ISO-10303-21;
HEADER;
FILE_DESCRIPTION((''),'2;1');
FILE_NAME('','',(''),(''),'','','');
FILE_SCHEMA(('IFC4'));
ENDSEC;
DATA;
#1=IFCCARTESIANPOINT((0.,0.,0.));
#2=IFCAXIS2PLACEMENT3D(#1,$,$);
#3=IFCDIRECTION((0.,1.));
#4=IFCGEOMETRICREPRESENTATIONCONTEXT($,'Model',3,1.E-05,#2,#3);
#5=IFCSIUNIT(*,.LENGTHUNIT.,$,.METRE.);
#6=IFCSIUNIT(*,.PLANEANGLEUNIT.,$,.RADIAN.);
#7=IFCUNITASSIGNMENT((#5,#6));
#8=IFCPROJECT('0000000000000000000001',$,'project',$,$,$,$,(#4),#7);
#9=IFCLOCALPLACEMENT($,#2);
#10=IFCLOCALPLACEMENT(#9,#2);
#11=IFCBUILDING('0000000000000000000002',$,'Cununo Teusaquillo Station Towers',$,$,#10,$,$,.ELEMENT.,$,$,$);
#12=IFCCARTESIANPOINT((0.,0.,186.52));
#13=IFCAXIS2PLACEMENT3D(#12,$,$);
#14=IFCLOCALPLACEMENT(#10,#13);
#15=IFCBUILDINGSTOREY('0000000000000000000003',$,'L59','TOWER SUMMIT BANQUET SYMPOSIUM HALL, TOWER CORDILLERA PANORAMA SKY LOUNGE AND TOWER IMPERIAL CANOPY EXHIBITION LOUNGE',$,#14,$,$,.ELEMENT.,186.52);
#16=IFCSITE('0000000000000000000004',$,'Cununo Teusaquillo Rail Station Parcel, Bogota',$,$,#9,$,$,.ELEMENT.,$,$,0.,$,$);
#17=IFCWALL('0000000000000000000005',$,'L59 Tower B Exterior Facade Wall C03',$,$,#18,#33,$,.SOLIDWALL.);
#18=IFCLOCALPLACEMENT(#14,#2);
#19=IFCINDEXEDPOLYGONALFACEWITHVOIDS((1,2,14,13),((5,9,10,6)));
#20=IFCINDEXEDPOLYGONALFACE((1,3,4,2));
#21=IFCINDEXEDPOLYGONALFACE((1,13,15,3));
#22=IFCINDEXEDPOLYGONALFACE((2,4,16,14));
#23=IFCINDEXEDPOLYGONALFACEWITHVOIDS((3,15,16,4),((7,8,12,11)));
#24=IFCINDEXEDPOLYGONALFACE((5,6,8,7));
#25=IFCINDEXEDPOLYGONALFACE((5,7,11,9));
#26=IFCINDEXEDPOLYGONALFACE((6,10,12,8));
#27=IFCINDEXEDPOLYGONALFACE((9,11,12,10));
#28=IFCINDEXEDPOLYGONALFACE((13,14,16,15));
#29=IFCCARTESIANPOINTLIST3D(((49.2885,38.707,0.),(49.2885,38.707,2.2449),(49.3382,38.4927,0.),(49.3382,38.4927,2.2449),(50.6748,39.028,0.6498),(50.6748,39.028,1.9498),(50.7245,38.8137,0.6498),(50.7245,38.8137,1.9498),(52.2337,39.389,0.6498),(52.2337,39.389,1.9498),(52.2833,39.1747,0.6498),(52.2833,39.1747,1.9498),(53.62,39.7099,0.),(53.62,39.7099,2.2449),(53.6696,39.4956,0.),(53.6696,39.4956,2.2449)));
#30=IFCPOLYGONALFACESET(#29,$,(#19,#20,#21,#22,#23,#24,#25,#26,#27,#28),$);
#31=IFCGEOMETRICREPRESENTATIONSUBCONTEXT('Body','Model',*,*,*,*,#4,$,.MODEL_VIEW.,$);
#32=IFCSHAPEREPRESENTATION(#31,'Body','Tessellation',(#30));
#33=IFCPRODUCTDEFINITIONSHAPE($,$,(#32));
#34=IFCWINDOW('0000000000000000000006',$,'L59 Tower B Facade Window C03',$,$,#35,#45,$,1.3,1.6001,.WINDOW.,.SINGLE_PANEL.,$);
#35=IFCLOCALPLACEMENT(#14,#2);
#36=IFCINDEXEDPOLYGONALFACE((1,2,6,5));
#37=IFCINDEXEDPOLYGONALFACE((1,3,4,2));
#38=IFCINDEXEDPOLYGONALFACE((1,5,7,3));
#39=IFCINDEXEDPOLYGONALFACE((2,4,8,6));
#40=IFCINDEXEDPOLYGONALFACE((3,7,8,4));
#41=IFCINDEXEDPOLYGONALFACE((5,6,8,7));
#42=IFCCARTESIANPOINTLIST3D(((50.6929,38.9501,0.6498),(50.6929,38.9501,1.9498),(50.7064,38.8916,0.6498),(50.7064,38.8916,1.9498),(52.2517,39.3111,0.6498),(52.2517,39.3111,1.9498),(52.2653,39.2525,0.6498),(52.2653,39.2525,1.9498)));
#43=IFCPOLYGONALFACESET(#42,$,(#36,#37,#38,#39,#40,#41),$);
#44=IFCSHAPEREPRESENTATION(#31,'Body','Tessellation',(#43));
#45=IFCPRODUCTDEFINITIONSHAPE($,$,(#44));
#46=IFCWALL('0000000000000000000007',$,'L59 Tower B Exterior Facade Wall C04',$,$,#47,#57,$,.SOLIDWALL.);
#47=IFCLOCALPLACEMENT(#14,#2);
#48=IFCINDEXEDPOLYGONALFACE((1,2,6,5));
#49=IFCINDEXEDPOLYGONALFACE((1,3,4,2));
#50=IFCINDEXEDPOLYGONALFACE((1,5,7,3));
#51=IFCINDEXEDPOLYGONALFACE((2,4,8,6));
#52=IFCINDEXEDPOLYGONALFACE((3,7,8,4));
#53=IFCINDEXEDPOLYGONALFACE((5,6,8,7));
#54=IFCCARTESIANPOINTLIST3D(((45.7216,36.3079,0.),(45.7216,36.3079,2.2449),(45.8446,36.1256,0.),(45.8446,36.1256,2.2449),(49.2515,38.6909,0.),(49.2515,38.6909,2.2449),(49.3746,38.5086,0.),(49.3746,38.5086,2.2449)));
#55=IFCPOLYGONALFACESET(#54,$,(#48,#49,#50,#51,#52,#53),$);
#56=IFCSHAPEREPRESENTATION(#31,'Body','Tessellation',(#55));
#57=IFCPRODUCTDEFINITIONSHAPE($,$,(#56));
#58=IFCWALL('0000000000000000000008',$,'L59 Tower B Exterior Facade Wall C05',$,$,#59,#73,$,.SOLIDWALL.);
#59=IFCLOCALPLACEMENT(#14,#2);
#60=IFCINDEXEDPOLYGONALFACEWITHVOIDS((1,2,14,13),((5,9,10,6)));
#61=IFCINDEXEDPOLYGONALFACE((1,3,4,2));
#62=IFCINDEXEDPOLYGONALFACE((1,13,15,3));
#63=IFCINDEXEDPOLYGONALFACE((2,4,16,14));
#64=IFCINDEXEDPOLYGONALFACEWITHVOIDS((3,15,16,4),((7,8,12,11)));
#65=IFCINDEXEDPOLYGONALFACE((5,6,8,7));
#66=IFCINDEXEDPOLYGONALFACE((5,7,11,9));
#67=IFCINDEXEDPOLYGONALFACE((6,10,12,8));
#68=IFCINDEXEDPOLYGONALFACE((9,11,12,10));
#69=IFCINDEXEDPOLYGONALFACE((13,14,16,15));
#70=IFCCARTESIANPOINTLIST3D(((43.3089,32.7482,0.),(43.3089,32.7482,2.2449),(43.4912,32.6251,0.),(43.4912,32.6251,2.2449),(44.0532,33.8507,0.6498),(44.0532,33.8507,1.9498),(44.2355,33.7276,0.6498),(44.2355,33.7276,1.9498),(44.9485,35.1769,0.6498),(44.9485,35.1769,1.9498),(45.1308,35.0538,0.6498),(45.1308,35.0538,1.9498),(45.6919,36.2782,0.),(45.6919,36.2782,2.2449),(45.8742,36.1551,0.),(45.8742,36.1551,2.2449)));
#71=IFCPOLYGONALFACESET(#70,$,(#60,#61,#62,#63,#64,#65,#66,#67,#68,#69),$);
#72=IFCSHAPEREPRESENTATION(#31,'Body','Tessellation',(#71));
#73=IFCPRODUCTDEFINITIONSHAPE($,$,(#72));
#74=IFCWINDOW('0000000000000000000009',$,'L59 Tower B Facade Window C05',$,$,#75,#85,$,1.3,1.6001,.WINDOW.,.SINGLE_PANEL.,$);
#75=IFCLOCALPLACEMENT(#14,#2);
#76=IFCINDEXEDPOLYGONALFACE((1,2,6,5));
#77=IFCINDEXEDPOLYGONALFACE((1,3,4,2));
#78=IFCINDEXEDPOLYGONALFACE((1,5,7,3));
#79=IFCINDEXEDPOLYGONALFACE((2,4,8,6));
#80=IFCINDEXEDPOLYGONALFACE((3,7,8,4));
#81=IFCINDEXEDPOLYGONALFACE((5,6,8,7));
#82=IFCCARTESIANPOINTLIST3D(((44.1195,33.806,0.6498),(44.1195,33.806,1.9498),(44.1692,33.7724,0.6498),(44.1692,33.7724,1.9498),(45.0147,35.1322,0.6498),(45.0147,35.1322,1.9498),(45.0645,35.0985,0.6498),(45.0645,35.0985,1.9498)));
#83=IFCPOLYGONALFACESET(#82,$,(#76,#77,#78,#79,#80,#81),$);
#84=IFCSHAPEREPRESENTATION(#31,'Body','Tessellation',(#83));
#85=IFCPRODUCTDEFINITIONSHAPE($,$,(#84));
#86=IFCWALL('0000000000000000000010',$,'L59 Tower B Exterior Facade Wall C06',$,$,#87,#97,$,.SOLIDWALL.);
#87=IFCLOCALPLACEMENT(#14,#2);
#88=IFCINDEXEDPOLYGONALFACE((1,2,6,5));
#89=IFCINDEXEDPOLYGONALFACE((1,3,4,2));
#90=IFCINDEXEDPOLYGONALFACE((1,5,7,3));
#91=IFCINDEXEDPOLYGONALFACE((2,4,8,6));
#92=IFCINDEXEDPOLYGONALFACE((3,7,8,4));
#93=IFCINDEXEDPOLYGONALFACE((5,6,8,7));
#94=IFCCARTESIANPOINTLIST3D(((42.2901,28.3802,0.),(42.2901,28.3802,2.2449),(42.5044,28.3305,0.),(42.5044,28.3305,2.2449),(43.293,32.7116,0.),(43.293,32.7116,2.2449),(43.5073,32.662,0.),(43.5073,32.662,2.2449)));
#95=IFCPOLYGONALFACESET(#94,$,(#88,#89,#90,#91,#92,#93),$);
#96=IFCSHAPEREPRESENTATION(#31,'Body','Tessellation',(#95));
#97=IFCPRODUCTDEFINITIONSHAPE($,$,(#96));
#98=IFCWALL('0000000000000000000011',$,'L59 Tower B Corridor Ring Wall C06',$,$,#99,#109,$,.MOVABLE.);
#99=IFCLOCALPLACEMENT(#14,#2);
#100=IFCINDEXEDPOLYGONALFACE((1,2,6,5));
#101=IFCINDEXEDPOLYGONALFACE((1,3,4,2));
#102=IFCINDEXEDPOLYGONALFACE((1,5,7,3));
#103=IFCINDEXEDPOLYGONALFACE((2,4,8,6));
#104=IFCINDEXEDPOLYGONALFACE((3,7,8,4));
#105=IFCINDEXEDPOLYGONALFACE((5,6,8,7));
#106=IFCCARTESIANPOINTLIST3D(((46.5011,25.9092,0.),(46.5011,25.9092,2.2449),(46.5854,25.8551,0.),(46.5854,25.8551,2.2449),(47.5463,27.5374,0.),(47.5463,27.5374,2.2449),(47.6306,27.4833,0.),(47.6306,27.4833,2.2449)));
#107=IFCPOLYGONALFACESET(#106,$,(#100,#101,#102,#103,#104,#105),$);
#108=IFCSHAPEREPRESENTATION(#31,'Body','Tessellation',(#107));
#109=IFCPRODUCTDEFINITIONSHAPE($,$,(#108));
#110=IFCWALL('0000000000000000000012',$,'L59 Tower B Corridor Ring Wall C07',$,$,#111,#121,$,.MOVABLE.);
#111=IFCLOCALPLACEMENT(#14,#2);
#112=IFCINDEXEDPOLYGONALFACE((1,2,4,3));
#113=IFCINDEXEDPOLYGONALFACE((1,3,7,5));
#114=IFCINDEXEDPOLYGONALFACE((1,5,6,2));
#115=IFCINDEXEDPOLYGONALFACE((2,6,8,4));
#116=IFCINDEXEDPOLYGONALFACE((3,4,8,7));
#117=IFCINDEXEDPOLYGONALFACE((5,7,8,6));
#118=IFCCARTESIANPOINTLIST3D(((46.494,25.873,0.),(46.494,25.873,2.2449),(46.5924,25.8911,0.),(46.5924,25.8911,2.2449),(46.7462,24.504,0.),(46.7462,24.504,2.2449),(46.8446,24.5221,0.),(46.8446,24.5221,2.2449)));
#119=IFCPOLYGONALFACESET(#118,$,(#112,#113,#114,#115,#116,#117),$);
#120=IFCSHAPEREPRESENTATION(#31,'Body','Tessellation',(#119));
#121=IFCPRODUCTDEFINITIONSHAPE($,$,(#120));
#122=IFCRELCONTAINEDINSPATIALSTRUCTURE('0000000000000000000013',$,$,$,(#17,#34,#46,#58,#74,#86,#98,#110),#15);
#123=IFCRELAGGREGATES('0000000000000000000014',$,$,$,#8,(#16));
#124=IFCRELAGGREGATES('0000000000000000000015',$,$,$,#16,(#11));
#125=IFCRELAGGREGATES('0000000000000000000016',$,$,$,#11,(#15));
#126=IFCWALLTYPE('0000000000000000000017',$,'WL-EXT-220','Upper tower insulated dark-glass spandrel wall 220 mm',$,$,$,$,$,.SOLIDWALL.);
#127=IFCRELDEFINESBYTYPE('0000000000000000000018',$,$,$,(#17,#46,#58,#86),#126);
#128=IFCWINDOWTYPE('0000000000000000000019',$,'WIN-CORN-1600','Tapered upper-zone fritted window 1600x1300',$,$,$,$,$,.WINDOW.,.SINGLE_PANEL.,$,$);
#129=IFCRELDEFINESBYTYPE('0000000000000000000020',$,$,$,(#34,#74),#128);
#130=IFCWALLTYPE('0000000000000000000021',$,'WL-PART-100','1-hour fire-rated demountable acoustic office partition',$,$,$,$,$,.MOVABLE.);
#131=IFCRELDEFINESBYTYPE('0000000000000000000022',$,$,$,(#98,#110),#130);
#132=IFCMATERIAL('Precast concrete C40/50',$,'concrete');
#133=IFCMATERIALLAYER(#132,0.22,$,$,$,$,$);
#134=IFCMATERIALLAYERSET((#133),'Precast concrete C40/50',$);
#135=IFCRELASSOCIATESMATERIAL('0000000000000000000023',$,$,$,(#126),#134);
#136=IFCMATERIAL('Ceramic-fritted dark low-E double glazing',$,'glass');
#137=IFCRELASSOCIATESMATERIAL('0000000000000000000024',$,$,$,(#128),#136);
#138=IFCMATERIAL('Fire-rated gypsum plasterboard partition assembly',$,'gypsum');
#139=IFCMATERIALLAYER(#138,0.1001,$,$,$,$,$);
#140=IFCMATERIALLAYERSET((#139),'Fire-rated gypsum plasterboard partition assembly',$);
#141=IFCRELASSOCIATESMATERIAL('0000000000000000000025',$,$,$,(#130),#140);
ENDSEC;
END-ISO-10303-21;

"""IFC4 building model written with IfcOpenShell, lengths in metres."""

from ifc_helpers import new_model, si_unit, direction, frame, frame_2d, origin, place, context, subcontext, project, spatial, rectangle, extrude, source, transform, mapped, material, layer, layer_set, type_object, element, fill, save


model = new_model("IFC4")

# Units and contexts
model_context = context("Model", 3, precision=1e-05, world=origin(), true_north=direction((0.0, 1.0)))
body_context = subcontext(model_context, "Body", "Model", "MODEL_VIEW")
ifc_project = project(units=[si_unit("LENGTHUNIT", "METRE"), si_unit("PLANEANGLEUNIT", "RADIAN")], contexts=[model_context])

# Site, building, storey
site_placement = place(None, origin())
site = spatial("IfcSite", under=ifc_project, at=site_placement, Name="Cununo Teusaquillo Rail Station Parcel, Bogota", CompositionType="ELEMENT", RefElevation=0.0)
building_placement = place(site_placement, origin())
building = spatial("IfcBuilding", under=site, at=building_placement, Name="Cununo Teusaquillo Station Towers", CompositionType="ELEMENT")
storey_placement = place(building_placement, frame((0.0, 0.0, 186.52)))
storey = spatial("IfcBuildingStorey", under=building, at=storey_placement, Name="L59", Description="TOWER SUMMIT BANQUET SYMPOSIUM HALL, TOWER CORDILLERA PANORAMA SKY LOUNGE AND TOWER IMPERIAL CANOPY EXHIBITION LOUNGE", CompositionType="ELEMENT", Elevation=186.52)

# Wall, opening, window
ifc_material_1 = material(Name="Precast concrete C40/50", Category="concrete")
ifc_layer_1 = layer(ifc_material_1, 0.22)
ifc_layer_set_1 = layer_set([ifc_layer_1], Name="Precast concrete C40/50")
wall_type_1 = type_object("IfcWallType", Name="WL-EXT-220", Description="Upper tower insulated dark-glass spandrel wall 220 mm", PredefinedType="SOLIDWALL", material=ifc_layer_set_1)
wall_1_placement = place(storey_placement, frame((49.3132, 38.5999, 0.0), z_axis=(0.0, 0.0, 1.0), x_axis=(0.974226, 0.225573, 0.0)))
wall_1 = element("IfcWall", 1, at=wall_1_placement, inside=storey, type_object=wall_type_1, Name="L59 Tower B Exterior Facade Wall C03", PredefinedType="SOLIDWALL", context=body_context, shape_type="SweptSolid", body=[
    extrude(rectangle(XDim=4.446, YDim=0.22, at=frame_2d((2.2231, 0.0))), origin(), (0.0, 0.0, 1.0), 2.2449),
])
shared_shape_1 = source(origin(), body_context, "Body", "SweptSolid", [
    extrude(rectangle(XDim=1.6001, YDim=1.3, at=frame_2d((0.8, 0.6499))), frame((0.0, 0.1199, 0.0), z_axis=(0.0, -1.0, 0.0), x_axis=(1.0, 0.0, 0.0)), (0.0, 0.0, 1.0), 0.24),
])
opening_1_placement = place(wall_1_placement, frame((1.4231, 0.0, 0.6499)))
opening_1 = element("IfcOpeningElement", 2, at=opening_1_placement, cuts=wall_1, PredefinedType="OPENING", context=body_context, shape_type="MappedRepresentation", body=[
    mapped(shared_shape_1, transform((0.0, 0.0, 0.0), x_axis=(1.0, 0.0, 0.0), y_axis=(0.0, 1.0, 0.0), z_axis=(0.0, 0.0, 1.0), scale=1.0)),
])
ifc_material_2 = material(Name="Ceramic-fritted dark low-E double glazing", Category="glass")
window_type = type_object("IfcWindowType", Name="WIN-CORN-1600", Description="Tapered upper-zone fritted window 1600x1300", PartitioningType="SINGLE_PANEL", PredefinedType="WINDOW", material=ifc_material_2)
shared_shape_2 = source(origin(), body_context, "Body", "SweptSolid", [
    extrude(rectangle(XDim=1.6001, YDim=1.3, at=frame_2d((0.8, 0.6499))), frame((0.0, 0.03, 0.0), z_axis=(0.0, -1.0, 0.0), x_axis=(1.0, 0.0, 0.0)), (0.0, 0.0, 1.0), 0.0601),
])
window_1_placement = place(opening_1_placement, origin())
window_1 = element("IfcWindow", 3, at=window_1_placement, inside=storey, type_object=window_type, Name="L59 Tower B Facade Window C03", OverallHeight=1.3, OverallWidth=1.6001, PartitioningType="SINGLE_PANEL", PredefinedType="WINDOW", context=body_context, shape_type="MappedRepresentation", body=[
    mapped(shared_shape_2, transform((0.0, 0.0, 0.0), x_axis=(1.0, 0.0, 0.0), y_axis=(0.0, 1.0, 0.0), z_axis=(0.0, 0.0, 1.0), scale=1.0)),
])
fill(opening_1, window_1)

# Wall
wall_2_placement = place(storey_placement, frame((45.7832, 36.2168, 0.0), z_axis=(0.0, 0.0, 1.0), x_axis=(0.828817, 0.559519, 0.0)))
element("IfcWall", 4, at=wall_2_placement, inside=storey, type_object=wall_type_1, Name="L59 Tower B Exterior Facade Wall C04", PredefinedType="SOLIDWALL", context=body_context, shape_type="SweptSolid", body=[
    extrude(rectangle(XDim=4.259, YDim=0.22, at=frame_2d((2.1294, 0.0))), origin(), (0.0, 0.0, 1.0), 2.2449),
])

# Wall, opening, window
wall_3_placement = place(storey_placement, frame((43.4001, 32.6868, 0.0), z_axis=(0.0, 0.0, 1.0), x_axis=(0.559519, 0.828817, 0.0)))
wall_3 = element("IfcWall", 5, at=wall_3_placement, inside=storey, type_object=wall_type_1, Name="L59 Tower B Exterior Facade Wall C05", PredefinedType="SOLIDWALL", context=body_context, shape_type="SweptSolid", body=[
    extrude(rectangle(XDim=4.259, YDim=0.22, at=frame_2d((2.1294, 0.0))), origin(), (0.0, 0.0, 1.0), 2.2449),
])
opening_2_placement = place(wall_3_placement, frame((1.3301, 0.0, 0.6499)))
opening_2 = element("IfcOpeningElement", 6, at=opening_2_placement, cuts=wall_3, PredefinedType="OPENING", context=body_context, shape_type="MappedRepresentation", body=[
    mapped(shared_shape_1, transform((0.0, 0.0, 0.0), x_axis=(1.0, 0.0, 0.0), y_axis=(0.0, 1.0, 0.0), z_axis=(0.0, 0.0, 1.0), scale=1.0)),
])
window_2_placement = place(opening_2_placement, origin())
window_2 = element("IfcWindow", 7, at=window_2_placement, inside=storey, type_object=window_type, Name="L59 Tower B Facade Window C05", OverallHeight=1.3, OverallWidth=1.6001, PartitioningType="SINGLE_PANEL", PredefinedType="WINDOW", context=body_context, shape_type="MappedRepresentation", body=[
    mapped(shared_shape_2, transform((0.0, 0.0, 0.0), x_axis=(1.0, 0.0, 0.0), y_axis=(0.0, 1.0, 0.0), z_axis=(0.0, 0.0, 1.0), scale=1.0)),
])
fill(opening_2, window_2)

# Walls
wall_4_placement = place(storey_placement, frame((42.3972, 28.3552, 0.0), z_axis=(0.0, 0.0, 1.0), x_axis=(0.225573, 0.974226, 0.0)))
element("IfcWall", 8, at=wall_4_placement, inside=storey, type_object=wall_type_1, Name="L59 Tower B Exterior Facade Wall C06", PredefinedType="SOLIDWALL", context=body_context, shape_type="SweptSolid", body=[
    extrude(rectangle(XDim=4.446, YDim=0.22, at=frame_2d((2.2231, 0.0))), origin(), (0.0, 0.0, 1.0), 2.2449),
])
ifc_material_3 = material(Name="Fire-rated gypsum plasterboard partition assembly", Category="gypsum")
ifc_layer_2 = layer(ifc_material_3, 0.1001)
ifc_layer_set_2 = layer_set([ifc_layer_2], Name="Fire-rated gypsum plasterboard partition assembly")
wall_type_2 = type_object("IfcWallType", Name="WL-PART-100", Description="1-hour fire-rated demountable acoustic office partition", PredefinedType="MOVABLE", material=ifc_layer_set_2)
wall_5_placement = place(storey_placement, frame((47.5884, 27.5103, 0.0), z_axis=(0.0, 0.0, 1.0), x_axis=(-0.540203, -0.841535, 0.0)))
element("IfcWall", 9, at=wall_5_placement, inside=storey, type_object=wall_type_2, Name="L59 Tower B Corridor Ring Wall C06", PredefinedType="MOVABLE", context=body_context, shape_type="SweptSolid", body=[
    extrude(rectangle(XDim=1.9348, YDim=0.1001, at=frame_2d((0.9673, 0.0))), origin(), (0.0, 0.0, 1.0), 2.2449),
])
wall_6_placement = place(storey_placement, frame((46.5432, 25.8821, 0.0), z_axis=(0.0, 0.0, 1.0), x_axis=(0.181154, -0.983455, 0.0)))
element("IfcWall", 10, at=wall_6_placement, inside=storey, type_object=wall_type_2, Name="L59 Tower B Corridor Ring Wall C07", PredefinedType="MOVABLE", context=body_context, shape_type="SweptSolid", body=[
    extrude(rectangle(XDim=1.3921, YDim=0.1001, at=frame_2d((0.696, 0.0))), origin(), (0.0, 0.0, 1.0), 2.2449),
])

save(model, "model.ifc")
